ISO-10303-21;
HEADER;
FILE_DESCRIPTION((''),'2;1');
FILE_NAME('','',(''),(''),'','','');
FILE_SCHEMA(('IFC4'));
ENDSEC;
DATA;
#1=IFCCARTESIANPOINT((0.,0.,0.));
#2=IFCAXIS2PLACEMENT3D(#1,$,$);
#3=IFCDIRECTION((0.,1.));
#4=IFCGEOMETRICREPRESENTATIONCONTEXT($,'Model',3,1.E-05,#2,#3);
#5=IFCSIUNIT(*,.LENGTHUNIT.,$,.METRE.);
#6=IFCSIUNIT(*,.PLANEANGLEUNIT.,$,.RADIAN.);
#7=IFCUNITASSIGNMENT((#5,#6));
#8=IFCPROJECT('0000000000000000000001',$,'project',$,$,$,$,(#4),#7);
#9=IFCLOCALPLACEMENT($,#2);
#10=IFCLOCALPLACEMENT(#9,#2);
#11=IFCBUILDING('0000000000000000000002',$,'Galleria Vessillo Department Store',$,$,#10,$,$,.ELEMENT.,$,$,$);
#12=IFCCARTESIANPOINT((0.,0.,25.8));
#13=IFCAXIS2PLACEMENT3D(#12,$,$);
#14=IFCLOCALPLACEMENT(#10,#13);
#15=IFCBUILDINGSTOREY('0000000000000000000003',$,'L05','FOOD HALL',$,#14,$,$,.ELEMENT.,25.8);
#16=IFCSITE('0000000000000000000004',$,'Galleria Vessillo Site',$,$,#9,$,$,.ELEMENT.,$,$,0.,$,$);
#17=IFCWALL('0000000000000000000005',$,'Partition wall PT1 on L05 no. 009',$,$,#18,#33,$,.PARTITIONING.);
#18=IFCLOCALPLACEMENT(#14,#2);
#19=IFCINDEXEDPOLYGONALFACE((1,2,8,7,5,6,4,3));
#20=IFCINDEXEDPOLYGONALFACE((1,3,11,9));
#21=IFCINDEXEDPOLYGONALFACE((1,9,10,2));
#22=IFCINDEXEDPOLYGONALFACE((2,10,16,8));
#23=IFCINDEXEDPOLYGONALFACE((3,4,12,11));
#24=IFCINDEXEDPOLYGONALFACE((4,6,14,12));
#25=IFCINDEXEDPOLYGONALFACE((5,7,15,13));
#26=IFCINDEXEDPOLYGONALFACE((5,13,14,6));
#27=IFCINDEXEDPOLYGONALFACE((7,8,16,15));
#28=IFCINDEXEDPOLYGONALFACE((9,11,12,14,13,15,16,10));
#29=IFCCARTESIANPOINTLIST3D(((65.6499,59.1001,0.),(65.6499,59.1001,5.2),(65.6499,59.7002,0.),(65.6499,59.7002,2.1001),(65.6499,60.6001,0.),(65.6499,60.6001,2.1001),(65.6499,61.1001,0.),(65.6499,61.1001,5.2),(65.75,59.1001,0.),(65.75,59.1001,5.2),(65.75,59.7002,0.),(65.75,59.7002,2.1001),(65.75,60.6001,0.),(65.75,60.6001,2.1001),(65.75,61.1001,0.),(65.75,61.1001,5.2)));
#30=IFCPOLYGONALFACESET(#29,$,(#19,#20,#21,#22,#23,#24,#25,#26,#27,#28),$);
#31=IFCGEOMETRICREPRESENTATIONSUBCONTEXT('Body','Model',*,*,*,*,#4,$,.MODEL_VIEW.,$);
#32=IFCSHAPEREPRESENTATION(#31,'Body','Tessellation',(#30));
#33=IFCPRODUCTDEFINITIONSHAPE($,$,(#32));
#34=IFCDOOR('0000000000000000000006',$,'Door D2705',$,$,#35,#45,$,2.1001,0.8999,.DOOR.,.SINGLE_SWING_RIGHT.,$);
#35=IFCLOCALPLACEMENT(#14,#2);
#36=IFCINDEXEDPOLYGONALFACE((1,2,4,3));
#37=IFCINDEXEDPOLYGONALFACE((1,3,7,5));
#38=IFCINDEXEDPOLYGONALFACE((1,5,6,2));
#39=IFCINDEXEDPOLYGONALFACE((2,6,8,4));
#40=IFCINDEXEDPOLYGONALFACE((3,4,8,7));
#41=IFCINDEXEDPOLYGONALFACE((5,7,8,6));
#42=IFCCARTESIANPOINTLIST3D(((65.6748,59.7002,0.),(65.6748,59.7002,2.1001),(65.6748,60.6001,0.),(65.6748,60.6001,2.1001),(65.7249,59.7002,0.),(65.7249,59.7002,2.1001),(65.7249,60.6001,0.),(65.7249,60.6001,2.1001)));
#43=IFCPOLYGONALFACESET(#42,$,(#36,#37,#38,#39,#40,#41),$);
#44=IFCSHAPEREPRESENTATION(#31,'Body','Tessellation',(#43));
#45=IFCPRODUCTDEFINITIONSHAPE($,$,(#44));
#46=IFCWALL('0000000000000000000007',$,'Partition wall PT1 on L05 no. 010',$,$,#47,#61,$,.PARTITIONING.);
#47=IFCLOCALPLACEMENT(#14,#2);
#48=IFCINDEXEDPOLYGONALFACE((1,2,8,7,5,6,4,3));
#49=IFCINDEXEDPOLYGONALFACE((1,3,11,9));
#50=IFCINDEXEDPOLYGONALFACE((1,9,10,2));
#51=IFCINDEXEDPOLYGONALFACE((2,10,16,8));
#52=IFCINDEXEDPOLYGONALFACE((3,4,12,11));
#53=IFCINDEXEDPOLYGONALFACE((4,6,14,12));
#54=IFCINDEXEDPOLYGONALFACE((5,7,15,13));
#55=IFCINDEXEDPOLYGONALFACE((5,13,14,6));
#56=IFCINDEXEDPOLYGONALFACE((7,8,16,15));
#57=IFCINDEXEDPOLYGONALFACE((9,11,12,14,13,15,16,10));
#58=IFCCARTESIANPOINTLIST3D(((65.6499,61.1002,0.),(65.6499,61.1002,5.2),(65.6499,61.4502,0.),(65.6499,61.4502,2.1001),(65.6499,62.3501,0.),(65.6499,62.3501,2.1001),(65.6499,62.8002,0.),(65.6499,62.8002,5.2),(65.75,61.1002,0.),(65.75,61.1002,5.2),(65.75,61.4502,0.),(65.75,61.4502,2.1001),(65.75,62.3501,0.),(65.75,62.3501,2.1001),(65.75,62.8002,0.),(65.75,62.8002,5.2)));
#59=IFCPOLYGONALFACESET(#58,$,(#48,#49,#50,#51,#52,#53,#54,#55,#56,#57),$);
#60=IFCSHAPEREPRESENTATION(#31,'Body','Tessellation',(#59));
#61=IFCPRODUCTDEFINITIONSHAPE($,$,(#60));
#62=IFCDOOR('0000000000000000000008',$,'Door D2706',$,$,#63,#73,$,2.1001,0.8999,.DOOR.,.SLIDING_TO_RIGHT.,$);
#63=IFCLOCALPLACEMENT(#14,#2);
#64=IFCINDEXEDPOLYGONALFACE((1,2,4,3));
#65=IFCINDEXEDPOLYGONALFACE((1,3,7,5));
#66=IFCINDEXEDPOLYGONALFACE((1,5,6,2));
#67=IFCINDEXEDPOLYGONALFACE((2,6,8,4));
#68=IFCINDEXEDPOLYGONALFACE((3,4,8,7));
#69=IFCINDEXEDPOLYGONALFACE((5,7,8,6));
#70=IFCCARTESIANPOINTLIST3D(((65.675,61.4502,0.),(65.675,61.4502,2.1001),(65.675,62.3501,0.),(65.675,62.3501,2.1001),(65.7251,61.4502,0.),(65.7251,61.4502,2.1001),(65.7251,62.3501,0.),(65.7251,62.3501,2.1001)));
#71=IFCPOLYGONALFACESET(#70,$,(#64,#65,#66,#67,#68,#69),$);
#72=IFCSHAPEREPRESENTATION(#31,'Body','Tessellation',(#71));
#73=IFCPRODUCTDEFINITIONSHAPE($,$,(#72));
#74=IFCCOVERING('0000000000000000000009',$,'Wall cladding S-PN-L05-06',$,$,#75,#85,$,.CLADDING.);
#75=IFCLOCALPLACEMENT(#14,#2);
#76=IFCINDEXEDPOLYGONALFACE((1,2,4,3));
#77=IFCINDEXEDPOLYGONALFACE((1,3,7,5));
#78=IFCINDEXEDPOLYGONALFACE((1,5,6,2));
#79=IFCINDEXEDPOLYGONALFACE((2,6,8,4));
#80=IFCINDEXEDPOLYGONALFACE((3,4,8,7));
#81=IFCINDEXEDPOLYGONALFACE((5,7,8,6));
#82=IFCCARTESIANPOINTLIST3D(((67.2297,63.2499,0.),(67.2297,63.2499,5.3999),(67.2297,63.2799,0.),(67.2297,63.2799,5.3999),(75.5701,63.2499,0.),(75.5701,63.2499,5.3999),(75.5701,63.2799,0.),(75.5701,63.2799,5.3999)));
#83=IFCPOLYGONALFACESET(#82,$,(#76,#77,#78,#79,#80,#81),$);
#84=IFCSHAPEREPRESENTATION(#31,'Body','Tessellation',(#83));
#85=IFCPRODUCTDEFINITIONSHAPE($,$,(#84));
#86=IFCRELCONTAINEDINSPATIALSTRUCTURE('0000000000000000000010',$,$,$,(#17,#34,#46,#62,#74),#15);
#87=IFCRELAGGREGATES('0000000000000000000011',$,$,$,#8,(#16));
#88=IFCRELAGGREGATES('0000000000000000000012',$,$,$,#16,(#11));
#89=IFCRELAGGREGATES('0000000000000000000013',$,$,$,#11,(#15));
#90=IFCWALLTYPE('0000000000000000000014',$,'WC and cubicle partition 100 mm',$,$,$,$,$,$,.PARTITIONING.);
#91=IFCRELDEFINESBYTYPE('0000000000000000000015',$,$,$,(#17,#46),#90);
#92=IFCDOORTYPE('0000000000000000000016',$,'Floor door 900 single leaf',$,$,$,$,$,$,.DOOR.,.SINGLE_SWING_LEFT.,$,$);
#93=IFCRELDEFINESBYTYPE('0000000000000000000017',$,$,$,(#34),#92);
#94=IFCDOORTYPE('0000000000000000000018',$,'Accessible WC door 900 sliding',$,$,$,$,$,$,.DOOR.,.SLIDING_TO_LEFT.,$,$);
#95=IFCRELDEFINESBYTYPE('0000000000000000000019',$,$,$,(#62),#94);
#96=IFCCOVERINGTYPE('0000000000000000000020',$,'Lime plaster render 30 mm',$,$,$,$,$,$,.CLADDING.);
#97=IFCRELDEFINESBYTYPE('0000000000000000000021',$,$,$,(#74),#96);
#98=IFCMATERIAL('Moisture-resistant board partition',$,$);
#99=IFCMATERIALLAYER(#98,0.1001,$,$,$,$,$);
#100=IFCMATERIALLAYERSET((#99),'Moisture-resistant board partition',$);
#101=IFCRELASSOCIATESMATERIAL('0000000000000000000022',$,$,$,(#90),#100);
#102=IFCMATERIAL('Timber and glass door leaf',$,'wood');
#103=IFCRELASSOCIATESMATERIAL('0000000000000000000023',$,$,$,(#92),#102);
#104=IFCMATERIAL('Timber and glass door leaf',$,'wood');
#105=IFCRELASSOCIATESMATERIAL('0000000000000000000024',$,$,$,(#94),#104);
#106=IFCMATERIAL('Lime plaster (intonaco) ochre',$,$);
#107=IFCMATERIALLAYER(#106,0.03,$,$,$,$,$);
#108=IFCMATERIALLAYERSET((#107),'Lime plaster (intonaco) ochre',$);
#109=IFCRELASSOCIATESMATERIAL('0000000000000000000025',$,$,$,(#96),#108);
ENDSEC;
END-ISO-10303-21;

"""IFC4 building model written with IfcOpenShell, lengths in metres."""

from ifc_helpers import new_model, si_unit, direction, frame, frame_2d, origin, origin_2d, place, context, subcontext, project, spatial, rectangle, extrude, material, layer, layer_set, type_object, element, fill, save


model = new_model("IFC4")

# Units and contexts
model_context = context("Model", 3, precision=1e-05, world=origin(), true_north=direction((0.0, 1.0)))
body_context = subcontext(model_context, "Body", "Model", "MODEL_VIEW")
ifc_project = project(units=[si_unit("LENGTHUNIT", "METRE"), si_unit("PLANEANGLEUNIT", "RADIAN")], contexts=[model_context])

# Site, building, storey
site_placement = place(None, origin())
site = spatial("IfcSite", under=ifc_project, at=site_placement, Name="Galleria Vessillo Site", CompositionType="ELEMENT", RefElevation=0.0)
building_placement = place(site_placement, origin())
building = spatial("IfcBuilding", under=site, at=building_placement, Name="Galleria Vessillo Department Store", CompositionType="ELEMENT")
storey_placement = place(building_placement, frame((0.0, 0.0, 25.8)))
storey = spatial("IfcBuildingStorey", under=building, at=storey_placement, Name="L05", Description="FOOD HALL", CompositionType="ELEMENT", Elevation=25.8)

# Shared definitions
ifc_material_1 = material(Name="Moisture-resistant board partition")
ifc_layer_1 = layer(ifc_material_1, 0.1001)
ifc_layer_set_1 = layer_set([ifc_layer_1], Name="Moisture-resistant board partition")
wall_type_1 = type_object("IfcWallType", Name="WC and cubicle partition 100 mm", PredefinedType="PARTITIONING", material=ifc_layer_set_1)

# Walls, openings, doors
wall_1_placement = place(storey_placement, frame((65.7, 59.1001, 0.0), z_axis=(0.0, 0.0, 1.0), x_axis=(0.0, 1.0, 0.0)))
wall_1 = element("IfcWall", 1, at=wall_1_placement, inside=storey, type_object=wall_type_1, Name="Partition wall PT1 on L05 no. 009", PredefinedType="PARTITIONING", context=body_context, shape_type="SweptSolid", body=[
    extrude(rectangle(XDim=2.0, YDim=0.1001, at=frame_2d((1.0, 0.0))), origin(), (0.0, 0.0, 1.0), 5.2),
])
opening_1_placement = place(wall_1_placement, frame((0.6001, 0.0, 0.0)))
opening_1 = element("IfcOpeningElement", 2, at=opening_1_placement, cuts=wall_1, PredefinedType="OPENING", context=body_context, shape_type="SweptSolid", body=[
    extrude(rectangle(XDim=0.8999, YDim=2.1001, at=frame_2d((0.45, 1.05))), frame((0.0, 0.0601, 0.0), z_axis=(0.0, -1.0, 0.0), x_axis=(1.0, 0.0, 0.0)), (0.0, 0.0, 1.0), 0.1201),
])
ifc_material_2 = material(Name="Timber and glass door leaf", Category="wood")
door_type_1 = type_object("IfcDoorType", Name="Floor door 900 single leaf", OperationType="SINGLE_SWING_LEFT", PredefinedType="DOOR", material=ifc_material_2)
door_1_placement = place(opening_1_placement, frame((0.8999, 0.0, 0.0), z_axis=(0.0, 0.0, 1.0), x_axis=(-1.0, 0.0, 0.0)))
door_1 = element("IfcDoor", 3, at=door_1_placement, inside=storey, type_object=door_type_1, Name="Door D2705", OperationType="SINGLE_SWING_RIGHT", OverallHeight=2.1001, OverallWidth=0.8999, PredefinedType="DOOR", context=body_context, shape_type="SweptSolid", body=[
    extrude(rectangle(XDim=0.8999, YDim=2.1001, at=frame_2d((0.45, 1.05))), frame((0.0, 0.0249, 0.0), z_axis=(0.0, -1.0, 0.0), x_axis=(1.0, 0.0, 0.0)), (0.0, 0.0, 1.0), 0.05),
])
fill(opening_1, door_1)
wall_2_placement = place(storey_placement, frame((65.7, 61.1001, 0.0), z_axis=(0.0, 0.0, 1.0), x_axis=(0.0, 1.0, 0.0)))
wall_2 = element("IfcWall", 4, at=wall_2_placement, inside=storey, type_object=wall_type_1, Name="Partition wall PT1 on L05 no. 010", PredefinedType="PARTITIONING", context=body_context, shape_type="SweptSolid", body=[
    extrude(rectangle(XDim=1.7, YDim=0.1001, at=frame_2d((0.8501, 0.0))), origin(), (0.0, 0.0, 1.0), 5.2),
])
opening_2_placement = place(wall_2_placement, frame((0.3501, 0.0, 0.0)))
opening_2 = element("IfcOpeningElement", 5, at=opening_2_placement, cuts=wall_2, PredefinedType="OPENING", context=body_context, shape_type="SweptSolid", body=[
    extrude(rectangle(XDim=0.8999, YDim=2.1001, at=frame_2d((0.45, 1.05))), frame((0.0, 0.0601, 0.0), z_axis=(0.0, -1.0, 0.0), x_axis=(1.0, 0.0, 0.0)), (0.0, 0.0, 1.0), 0.1201),
])
ifc_material_3 = material(Name="Timber and glass door leaf", Category="wood")
door_type_2 = type_object("IfcDoorType", Name="Accessible WC door 900 sliding", OperationType="SLIDING_TO_LEFT", PredefinedType="DOOR", material=ifc_material_3)
door_2_placement = place(opening_2_placement, origin())
door_2 = element("IfcDoor", 6, at=door_2_placement, inside=storey, type_object=door_type_2, Name="Door D2706", OperationType="SLIDING_TO_RIGHT", OverallHeight=2.1001, OverallWidth=0.8999, PredefinedType="DOOR", context=body_context, shape_type="SweptSolid", body=[
    extrude(rectangle(XDim=0.8999, YDim=2.1001, at=frame_2d((0.45, 1.05))), frame((0.0, 0.0249, 0.0), z_axis=(0.0, -1.0, 0.0), x_axis=(1.0, 0.0, 0.0)), (0.0, 0.0, 1.0), 0.05),
])
fill(opening_2, door_2)

# Covering
ifc_material_4 = material(Name="Lime plaster (intonaco) ochre")
ifc_layer_2 = layer(ifc_material_4, 0.03)
ifc_layer_set_2 = layer_set([ifc_layer_2], Name="Lime plaster (intonaco) ochre")
covering_type = type_object("IfcCoveringType", Name="Lime plaster render 30 mm", PredefinedType="CLADDING", material=ifc_layer_set_2)
covering_placement = place(storey_placement, frame((71.3999, 63.2649, 0.0), z_axis=(0.0, 0.0, 1.0), x_axis=(1.0, 0.0, 0.0)))
element("IfcCovering", 7, at=covering_placement, inside=storey, type_object=covering_type, Name="Wall cladding S-PN-L05-06", PredefinedType="CLADDING", context=body_context, shape_type="SweptSolid", body=[
    extrude(rectangle(XDim=8.3403, YDim=0.03, at=origin_2d()), origin(), (0.0, 0.0, 1.0), 5.3999),
])

save(model, "model.ifc")
